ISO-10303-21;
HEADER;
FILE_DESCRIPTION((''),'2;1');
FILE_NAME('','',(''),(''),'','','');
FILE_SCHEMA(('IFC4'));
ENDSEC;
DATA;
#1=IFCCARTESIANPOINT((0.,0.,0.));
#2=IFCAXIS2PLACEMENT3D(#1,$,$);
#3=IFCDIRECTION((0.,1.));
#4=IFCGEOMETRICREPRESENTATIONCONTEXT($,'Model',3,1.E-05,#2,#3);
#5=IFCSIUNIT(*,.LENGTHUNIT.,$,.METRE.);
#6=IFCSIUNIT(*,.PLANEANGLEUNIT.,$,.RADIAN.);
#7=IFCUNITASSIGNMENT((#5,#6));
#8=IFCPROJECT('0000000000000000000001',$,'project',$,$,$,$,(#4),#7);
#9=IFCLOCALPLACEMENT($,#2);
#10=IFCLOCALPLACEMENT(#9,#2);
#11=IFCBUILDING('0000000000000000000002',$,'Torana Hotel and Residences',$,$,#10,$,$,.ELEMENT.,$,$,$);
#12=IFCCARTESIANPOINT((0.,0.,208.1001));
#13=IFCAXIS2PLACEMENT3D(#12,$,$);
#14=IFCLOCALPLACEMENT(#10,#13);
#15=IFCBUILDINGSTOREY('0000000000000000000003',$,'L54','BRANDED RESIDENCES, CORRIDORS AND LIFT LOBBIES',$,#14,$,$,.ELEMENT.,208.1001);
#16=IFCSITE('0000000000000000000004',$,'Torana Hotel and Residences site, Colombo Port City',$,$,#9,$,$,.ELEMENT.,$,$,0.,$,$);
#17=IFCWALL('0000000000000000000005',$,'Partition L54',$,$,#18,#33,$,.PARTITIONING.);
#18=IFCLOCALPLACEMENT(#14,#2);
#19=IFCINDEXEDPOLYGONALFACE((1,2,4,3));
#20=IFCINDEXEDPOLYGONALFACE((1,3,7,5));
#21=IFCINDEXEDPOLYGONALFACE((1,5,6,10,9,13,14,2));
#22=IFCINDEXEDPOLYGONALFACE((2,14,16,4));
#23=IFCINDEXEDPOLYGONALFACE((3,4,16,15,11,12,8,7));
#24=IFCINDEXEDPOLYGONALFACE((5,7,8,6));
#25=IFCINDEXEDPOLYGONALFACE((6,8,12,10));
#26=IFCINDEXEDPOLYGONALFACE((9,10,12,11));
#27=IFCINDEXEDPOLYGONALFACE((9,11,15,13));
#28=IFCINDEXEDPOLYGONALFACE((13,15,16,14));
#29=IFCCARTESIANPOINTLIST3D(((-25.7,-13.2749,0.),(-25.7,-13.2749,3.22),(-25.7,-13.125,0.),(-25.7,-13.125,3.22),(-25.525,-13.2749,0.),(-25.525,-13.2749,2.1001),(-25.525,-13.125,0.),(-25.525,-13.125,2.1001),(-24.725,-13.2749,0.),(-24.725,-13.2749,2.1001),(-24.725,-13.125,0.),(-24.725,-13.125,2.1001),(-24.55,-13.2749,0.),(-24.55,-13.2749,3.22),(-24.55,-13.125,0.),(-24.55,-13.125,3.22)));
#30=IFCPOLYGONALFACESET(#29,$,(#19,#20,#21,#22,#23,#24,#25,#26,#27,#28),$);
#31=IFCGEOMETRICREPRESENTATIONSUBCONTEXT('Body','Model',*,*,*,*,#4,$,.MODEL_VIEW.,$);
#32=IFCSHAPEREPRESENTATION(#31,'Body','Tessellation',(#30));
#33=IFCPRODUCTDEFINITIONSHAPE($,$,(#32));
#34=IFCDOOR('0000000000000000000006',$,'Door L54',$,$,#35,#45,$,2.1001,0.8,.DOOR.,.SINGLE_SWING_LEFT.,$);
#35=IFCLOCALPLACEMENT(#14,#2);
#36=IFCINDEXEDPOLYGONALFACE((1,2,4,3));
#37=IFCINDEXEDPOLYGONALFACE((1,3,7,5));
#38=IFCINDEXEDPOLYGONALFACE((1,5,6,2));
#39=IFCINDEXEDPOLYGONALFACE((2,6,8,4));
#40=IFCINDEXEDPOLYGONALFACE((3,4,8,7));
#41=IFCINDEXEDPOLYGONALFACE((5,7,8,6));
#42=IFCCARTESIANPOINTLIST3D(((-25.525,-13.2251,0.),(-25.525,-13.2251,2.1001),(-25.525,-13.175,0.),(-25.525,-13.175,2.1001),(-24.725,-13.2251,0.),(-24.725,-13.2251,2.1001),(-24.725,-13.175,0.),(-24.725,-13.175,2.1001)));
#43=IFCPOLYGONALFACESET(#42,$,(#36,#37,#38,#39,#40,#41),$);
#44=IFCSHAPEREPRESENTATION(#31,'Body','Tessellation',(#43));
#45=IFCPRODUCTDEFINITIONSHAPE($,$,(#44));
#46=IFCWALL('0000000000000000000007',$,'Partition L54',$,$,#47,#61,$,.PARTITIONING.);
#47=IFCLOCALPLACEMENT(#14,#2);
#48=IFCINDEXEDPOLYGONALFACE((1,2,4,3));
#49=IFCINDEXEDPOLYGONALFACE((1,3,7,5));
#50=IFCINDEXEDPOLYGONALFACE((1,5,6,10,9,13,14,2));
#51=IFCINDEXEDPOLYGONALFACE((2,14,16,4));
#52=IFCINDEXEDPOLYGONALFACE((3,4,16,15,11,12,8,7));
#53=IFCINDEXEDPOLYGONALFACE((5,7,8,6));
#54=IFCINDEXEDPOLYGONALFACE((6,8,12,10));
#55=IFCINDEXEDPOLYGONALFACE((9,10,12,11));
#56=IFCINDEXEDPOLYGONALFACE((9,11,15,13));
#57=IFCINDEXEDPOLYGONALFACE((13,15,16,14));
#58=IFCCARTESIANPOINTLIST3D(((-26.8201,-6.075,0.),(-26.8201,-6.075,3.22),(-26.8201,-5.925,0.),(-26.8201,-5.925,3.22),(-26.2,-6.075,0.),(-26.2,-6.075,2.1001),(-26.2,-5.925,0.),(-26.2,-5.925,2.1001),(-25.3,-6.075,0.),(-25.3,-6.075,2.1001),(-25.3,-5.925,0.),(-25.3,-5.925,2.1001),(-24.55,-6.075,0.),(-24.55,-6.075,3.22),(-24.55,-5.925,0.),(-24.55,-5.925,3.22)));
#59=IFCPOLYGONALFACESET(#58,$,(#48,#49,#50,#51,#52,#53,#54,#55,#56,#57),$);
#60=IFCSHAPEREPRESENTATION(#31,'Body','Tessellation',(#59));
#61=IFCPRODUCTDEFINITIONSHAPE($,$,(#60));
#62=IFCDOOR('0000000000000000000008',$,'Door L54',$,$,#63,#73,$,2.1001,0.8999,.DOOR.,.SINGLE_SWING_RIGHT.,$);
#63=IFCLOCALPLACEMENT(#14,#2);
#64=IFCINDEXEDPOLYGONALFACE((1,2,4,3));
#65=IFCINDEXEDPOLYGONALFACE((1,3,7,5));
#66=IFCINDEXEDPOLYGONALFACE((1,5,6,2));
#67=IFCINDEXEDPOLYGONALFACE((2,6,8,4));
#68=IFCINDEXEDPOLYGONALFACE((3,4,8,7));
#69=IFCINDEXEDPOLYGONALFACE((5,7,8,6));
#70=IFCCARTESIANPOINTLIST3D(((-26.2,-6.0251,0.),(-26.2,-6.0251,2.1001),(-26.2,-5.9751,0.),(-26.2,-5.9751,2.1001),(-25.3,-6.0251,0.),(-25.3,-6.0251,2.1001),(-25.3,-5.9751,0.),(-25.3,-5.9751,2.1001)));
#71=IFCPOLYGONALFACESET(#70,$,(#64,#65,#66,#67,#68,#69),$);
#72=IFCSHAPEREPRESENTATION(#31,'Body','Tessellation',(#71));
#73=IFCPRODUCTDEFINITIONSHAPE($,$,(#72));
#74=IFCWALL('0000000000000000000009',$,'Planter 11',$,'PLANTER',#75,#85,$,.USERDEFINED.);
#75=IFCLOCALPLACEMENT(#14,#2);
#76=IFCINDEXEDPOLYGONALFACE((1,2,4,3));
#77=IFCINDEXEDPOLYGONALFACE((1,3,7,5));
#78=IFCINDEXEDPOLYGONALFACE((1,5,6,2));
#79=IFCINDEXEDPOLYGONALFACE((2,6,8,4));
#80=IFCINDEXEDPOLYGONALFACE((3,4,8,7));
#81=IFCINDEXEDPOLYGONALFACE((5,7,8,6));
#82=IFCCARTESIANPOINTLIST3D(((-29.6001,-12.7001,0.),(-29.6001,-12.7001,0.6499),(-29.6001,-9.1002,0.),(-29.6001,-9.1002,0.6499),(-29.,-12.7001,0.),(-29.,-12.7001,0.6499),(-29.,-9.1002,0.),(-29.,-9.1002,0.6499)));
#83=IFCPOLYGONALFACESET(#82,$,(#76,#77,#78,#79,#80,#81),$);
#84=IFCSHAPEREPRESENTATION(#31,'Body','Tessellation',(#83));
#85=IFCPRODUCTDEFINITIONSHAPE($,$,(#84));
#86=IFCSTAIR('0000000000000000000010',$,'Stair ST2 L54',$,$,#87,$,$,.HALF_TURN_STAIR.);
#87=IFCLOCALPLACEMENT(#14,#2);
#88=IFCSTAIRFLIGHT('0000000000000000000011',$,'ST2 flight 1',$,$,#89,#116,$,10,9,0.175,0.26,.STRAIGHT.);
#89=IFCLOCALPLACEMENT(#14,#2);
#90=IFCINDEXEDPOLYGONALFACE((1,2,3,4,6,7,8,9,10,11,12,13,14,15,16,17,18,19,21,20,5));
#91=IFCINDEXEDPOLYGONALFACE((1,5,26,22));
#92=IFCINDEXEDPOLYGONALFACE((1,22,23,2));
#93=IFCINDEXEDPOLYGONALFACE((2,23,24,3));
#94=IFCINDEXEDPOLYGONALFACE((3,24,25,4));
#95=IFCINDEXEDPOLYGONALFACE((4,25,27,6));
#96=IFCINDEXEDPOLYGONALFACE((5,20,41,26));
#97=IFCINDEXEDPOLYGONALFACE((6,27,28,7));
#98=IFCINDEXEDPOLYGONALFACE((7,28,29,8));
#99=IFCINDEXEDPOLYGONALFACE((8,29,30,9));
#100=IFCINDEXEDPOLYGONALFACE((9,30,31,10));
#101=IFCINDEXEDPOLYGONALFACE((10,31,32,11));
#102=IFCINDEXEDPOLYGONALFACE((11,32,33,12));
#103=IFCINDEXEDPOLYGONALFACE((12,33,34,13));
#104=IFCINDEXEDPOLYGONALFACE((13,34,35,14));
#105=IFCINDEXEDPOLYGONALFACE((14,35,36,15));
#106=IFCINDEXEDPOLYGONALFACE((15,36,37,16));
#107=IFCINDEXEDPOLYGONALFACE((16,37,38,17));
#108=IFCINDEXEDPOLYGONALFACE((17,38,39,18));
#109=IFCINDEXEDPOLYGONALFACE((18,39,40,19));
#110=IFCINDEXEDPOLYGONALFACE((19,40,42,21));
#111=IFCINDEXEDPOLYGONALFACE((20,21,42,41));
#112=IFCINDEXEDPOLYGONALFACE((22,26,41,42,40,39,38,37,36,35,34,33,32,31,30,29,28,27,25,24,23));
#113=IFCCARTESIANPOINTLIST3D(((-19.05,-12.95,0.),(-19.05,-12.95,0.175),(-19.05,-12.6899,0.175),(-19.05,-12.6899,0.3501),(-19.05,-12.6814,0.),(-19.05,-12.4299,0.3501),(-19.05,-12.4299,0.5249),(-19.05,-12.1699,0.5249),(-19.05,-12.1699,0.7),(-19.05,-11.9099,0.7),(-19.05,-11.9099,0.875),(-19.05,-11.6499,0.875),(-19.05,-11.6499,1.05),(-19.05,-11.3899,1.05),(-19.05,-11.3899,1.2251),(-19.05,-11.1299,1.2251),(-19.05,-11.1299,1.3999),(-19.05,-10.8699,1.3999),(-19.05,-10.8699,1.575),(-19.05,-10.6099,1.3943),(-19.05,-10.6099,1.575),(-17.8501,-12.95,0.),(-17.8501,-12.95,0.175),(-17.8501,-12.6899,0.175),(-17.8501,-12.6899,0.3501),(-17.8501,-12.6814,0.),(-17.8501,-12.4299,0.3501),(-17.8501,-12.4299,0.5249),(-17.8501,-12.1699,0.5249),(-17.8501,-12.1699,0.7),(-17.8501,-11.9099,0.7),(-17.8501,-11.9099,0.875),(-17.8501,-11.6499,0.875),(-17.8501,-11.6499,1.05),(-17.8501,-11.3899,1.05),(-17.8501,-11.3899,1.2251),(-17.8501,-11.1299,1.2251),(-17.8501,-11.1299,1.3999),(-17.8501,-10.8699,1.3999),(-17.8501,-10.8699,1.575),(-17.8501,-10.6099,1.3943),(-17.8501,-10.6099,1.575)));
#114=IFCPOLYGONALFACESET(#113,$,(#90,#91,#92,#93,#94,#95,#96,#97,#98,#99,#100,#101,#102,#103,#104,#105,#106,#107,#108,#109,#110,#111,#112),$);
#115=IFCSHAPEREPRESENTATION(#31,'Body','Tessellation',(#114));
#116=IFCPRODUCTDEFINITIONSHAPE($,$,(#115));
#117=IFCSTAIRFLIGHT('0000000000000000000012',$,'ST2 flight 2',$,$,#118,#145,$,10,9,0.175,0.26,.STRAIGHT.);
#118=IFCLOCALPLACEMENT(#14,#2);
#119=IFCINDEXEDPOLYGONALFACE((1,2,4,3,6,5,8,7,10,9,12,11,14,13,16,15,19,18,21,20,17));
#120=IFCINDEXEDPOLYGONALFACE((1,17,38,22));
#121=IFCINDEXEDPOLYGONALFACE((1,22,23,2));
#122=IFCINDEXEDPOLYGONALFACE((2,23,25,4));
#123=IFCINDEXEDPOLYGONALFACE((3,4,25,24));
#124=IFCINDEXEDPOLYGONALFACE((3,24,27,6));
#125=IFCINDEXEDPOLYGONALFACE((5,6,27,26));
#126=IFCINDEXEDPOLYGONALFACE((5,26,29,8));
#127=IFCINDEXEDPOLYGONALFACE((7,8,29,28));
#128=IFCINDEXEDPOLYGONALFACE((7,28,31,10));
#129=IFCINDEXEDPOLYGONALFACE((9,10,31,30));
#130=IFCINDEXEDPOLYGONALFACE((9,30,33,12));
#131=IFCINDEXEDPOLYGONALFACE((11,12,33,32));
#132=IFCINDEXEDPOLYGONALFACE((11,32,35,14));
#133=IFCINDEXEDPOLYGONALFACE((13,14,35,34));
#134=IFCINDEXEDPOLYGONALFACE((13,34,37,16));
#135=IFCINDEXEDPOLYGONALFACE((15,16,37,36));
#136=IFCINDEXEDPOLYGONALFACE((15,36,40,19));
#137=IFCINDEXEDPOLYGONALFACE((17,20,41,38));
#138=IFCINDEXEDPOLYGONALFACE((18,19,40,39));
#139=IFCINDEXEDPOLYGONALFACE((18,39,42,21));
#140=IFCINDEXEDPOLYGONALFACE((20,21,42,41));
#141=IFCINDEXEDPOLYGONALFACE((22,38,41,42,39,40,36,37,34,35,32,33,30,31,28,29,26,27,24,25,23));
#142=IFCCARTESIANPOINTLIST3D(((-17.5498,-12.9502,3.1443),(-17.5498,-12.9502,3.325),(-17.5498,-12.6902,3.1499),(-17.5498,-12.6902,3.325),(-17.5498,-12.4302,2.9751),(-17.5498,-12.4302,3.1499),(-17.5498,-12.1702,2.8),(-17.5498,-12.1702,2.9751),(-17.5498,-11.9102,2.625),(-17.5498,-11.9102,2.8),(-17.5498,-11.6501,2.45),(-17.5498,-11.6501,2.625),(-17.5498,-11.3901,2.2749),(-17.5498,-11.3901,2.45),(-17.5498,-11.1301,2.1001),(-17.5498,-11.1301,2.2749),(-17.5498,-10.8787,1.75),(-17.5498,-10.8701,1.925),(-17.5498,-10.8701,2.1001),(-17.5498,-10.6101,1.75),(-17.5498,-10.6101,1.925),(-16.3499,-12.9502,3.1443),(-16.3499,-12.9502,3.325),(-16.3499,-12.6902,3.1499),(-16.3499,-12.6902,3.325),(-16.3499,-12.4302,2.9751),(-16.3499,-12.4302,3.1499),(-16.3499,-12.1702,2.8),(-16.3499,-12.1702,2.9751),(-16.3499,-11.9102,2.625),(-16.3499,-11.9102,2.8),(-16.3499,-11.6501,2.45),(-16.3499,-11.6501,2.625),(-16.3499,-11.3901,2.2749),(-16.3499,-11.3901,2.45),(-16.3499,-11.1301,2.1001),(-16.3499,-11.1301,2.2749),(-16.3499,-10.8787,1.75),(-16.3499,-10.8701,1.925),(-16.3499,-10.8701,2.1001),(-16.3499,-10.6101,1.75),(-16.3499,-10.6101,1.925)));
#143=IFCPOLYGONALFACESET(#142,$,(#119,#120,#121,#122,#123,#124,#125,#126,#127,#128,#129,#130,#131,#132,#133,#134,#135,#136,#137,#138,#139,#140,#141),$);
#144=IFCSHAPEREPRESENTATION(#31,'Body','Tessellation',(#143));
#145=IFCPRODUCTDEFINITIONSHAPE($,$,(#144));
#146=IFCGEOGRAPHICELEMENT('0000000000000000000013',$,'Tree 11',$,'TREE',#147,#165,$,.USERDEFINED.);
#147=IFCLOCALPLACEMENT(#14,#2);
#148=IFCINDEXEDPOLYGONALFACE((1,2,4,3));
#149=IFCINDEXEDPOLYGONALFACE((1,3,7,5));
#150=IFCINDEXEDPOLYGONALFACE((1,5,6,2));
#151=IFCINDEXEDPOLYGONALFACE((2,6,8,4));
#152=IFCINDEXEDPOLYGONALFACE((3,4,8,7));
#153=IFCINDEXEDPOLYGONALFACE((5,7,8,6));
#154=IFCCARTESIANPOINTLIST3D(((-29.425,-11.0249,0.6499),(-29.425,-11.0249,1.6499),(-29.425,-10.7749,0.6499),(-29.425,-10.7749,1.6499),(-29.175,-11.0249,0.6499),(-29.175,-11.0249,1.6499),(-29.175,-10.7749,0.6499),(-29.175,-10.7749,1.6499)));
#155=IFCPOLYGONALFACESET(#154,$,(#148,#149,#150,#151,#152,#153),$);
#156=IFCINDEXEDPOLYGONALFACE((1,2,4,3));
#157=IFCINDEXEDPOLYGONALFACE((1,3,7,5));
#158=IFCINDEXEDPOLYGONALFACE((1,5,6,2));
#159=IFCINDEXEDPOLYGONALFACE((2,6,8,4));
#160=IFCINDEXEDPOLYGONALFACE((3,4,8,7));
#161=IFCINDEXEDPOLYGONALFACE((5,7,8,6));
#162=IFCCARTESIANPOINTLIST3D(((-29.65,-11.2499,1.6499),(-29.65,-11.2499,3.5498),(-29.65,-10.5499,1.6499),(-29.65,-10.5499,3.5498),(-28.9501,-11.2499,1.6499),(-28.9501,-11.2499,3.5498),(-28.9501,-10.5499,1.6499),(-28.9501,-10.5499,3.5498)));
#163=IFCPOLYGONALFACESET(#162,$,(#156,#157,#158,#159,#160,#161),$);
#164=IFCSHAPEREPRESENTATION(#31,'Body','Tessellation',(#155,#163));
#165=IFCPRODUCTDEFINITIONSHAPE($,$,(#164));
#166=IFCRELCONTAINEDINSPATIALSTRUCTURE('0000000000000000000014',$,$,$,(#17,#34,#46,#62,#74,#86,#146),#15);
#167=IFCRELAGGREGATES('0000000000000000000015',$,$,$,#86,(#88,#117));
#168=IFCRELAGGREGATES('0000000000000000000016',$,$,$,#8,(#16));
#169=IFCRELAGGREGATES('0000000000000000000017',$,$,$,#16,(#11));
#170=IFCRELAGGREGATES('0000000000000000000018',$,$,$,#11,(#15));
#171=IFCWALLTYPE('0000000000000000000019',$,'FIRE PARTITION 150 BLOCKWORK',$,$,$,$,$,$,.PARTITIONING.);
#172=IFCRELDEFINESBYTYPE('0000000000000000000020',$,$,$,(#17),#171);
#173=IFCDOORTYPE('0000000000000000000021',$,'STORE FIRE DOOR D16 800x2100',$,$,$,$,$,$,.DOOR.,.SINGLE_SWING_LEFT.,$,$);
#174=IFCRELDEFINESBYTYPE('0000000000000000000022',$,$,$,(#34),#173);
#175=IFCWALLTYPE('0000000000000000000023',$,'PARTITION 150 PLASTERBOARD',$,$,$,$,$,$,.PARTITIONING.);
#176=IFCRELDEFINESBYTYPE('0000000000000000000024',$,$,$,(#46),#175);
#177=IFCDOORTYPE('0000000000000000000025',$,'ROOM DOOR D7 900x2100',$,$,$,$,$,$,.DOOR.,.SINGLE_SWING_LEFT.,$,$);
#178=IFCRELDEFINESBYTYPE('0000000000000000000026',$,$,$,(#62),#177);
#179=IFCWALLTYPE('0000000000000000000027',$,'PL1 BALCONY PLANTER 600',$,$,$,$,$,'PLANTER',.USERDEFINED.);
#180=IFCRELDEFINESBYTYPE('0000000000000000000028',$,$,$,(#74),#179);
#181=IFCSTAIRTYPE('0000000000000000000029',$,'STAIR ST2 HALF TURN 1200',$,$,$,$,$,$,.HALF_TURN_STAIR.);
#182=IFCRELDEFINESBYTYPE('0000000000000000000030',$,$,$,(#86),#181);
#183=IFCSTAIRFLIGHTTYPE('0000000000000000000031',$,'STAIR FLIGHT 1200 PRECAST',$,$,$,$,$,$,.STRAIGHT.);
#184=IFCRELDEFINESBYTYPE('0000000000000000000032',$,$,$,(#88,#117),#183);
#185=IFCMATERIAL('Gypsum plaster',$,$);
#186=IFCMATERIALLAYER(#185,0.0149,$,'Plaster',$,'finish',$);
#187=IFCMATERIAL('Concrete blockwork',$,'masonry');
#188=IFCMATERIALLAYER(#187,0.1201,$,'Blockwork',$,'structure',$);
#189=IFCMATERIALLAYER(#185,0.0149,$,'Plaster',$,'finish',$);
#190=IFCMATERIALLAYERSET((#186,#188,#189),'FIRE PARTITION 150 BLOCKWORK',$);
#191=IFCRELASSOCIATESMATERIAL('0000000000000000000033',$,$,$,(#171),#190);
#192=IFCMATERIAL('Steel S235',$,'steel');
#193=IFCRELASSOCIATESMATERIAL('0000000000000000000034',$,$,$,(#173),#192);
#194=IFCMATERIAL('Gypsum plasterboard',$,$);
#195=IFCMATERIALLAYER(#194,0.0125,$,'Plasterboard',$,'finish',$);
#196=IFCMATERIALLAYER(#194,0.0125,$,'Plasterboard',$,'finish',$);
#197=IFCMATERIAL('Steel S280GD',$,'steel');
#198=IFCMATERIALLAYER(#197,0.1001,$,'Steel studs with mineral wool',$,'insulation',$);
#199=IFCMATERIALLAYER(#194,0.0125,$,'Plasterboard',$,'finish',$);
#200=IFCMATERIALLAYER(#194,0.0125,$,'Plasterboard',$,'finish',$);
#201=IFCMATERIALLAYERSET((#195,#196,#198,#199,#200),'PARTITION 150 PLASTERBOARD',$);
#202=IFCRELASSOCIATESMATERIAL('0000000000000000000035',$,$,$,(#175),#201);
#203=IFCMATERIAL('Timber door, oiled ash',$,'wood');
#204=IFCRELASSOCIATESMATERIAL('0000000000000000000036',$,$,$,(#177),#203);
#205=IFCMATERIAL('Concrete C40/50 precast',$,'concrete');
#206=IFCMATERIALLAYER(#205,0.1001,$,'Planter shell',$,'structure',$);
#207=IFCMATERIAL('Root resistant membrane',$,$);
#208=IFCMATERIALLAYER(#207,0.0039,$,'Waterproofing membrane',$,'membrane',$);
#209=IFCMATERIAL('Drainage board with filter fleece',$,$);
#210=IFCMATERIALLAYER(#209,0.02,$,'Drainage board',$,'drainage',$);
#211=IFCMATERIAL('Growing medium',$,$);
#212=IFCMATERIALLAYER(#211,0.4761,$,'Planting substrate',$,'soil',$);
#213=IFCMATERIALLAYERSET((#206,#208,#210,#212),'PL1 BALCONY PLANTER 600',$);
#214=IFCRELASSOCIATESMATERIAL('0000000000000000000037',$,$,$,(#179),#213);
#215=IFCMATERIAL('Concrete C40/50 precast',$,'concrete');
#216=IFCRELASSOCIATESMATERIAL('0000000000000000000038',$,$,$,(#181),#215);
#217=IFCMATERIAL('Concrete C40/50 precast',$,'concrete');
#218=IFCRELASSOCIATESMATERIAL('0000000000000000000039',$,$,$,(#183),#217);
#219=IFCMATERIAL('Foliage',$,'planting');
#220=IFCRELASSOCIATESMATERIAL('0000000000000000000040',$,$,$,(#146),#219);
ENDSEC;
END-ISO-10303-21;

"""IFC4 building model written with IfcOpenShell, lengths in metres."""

from ifc_helpers import new_model, si_unit, direction, frame, frame_2d, origin, origin_2d, place, context, subcontext, project, spatial, polyline, rectangle, outline, extrude, material, layer, layer_set, type_object, element, fill, aggregate, save


model = new_model("IFC4")

# Units and contexts
model_context = context("Model", 3, precision=1e-05, world=origin(), true_north=direction((0.0, 1.0)))
body_context = subcontext(model_context, "Body", "Model", "MODEL_VIEW")
ifc_project = project(units=[si_unit("LENGTHUNIT", "METRE"), si_unit("PLANEANGLEUNIT", "RADIAN")], contexts=[model_context])

# Site, building, storey
site_placement = place(None, origin())
site = spatial("IfcSite", under=ifc_project, at=site_placement, Name="Torana Hotel and Residences site, Colombo Port City", CompositionType="ELEMENT", RefElevation=0.0)
building_placement = place(site_placement, origin())
building = spatial("IfcBuilding", under=site, at=building_placement, Name="Torana Hotel and Residences", CompositionType="ELEMENT")
storey_placement = place(building_placement, frame((0.0, 0.0, 208.1001)))
storey = spatial("IfcBuildingStorey", under=building, at=storey_placement, Name="L54", Description="BRANDED RESIDENCES, CORRIDORS AND LIFT LOBBIES", CompositionType="ELEMENT", Elevation=208.1001)

# Walls, openings, doors
ifc_material_1 = material(Name="Gypsum plaster")
ifc_layer_1 = layer(ifc_material_1, 0.0149, Name="Plaster", Category="finish")
ifc_material_2 = material(Name="Concrete blockwork", Category="masonry")
ifc_layer_2 = layer(ifc_material_2, 0.1201, Name="Blockwork", Category="structure")
ifc_layer_3 = layer(ifc_material_1, 0.0149, Name="Plaster", Category="finish")
ifc_layer_set_1 = layer_set([ifc_layer_1, ifc_layer_2, ifc_layer_3], Name="FIRE PARTITION 150 BLOCKWORK")
wall_type_1 = type_object("IfcWallType", Name="FIRE PARTITION 150 BLOCKWORK", PredefinedType="PARTITIONING", material=ifc_layer_set_1)
wall_1_placement = place(storey_placement, frame((-25.7, -13.2, 0.0), z_axis=(0.0, 0.0, 1.0), x_axis=(1.0, 0.0, 0.0)))
wall_1 = element("IfcWall", 1, at=wall_1_placement, inside=storey, type_object=wall_type_1, Name="Partition L54", PredefinedType="PARTITIONING", context=body_context, shape_type="SweptSolid", body=[
    extrude(rectangle(XDim=1.1499, YDim=0.1499, at=frame_2d((0.575, 0.0))), origin(), (0.0, 0.0, 1.0), 3.22),
])
opening_1_placement = place(wall_1_placement, frame((0.175, 0.0, 0.0)))
opening_1 = element("IfcOpeningElement", 2, at=opening_1_placement, cuts=wall_1, PredefinedType="OPENING", context=body_context, shape_type="SweptSolid", body=[
    extrude(rectangle(XDim=0.8, YDim=2.1001, at=frame_2d((0.3999, 1.05))), frame((0.0, 0.085, 0.0), z_axis=(0.0, -1.0, 0.0), x_axis=(1.0, 0.0, 0.0)), (0.0, 0.0, 1.0), 0.1699),
])
ifc_material_3 = material(Name="Steel S235", Category="steel")
door_type_1 = type_object("IfcDoorType", Name="STORE FIRE DOOR D16 800x2100", OperationType="SINGLE_SWING_LEFT", PredefinedType="DOOR", material=ifc_material_3)
door_1_placement = place(opening_1_placement, origin())
door_1 = element("IfcDoor", 3, at=door_1_placement, inside=storey, type_object=door_type_1, Name="Door L54", OperationType="SINGLE_SWING_LEFT", OverallHeight=2.1001, OverallWidth=0.8, PredefinedType="DOOR", context=body_context, shape_type="SweptSolid", body=[
    extrude(rectangle(XDim=0.8, YDim=2.1001, at=frame_2d((0.3999, 1.05))), frame((0.0, 0.0249, 0.0), z_axis=(0.0, -1.0, 0.0), x_axis=(1.0, 0.0, 0.0)), (0.0, 0.0, 1.0), 0.05),
])
fill(opening_1, door_1)
ifc_material_4 = material(Name="Gypsum plasterboard")
ifc_layer_4 = layer(ifc_material_4, 0.0125, Name="Plasterboard", Category="finish")
ifc_layer_5 = layer(ifc_material_4, 0.0125, Name="Plasterboard", Category="finish")
ifc_material_5 = material(Name="Steel S280GD", Category="steel")
ifc_layer_6 = layer(ifc_material_5, 0.1001, Name="Steel studs with mineral wool", Category="insulation")
ifc_layer_7 = layer(ifc_material_4, 0.0125, Name="Plasterboard", Category="finish")
ifc_layer_8 = layer(ifc_material_4, 0.0125, Name="Plasterboard", Category="finish")
ifc_layer_set_2 = layer_set([ifc_layer_4, ifc_layer_5, ifc_layer_6, ifc_layer_7, ifc_layer_8], Name="PARTITION 150 PLASTERBOARD")
wall_type_2 = type_object("IfcWallType", Name="PARTITION 150 PLASTERBOARD", PredefinedType="PARTITIONING", material=ifc_layer_set_2)
wall_2_placement = place(storey_placement, frame((-26.8201, -6.0, 0.0), z_axis=(0.0, 0.0, 1.0), x_axis=(1.0, 0.0, 0.0)))
wall_2 = element("IfcWall", 4, at=wall_2_placement, inside=storey, type_object=wall_type_2, Name="Partition L54", PredefinedType="PARTITIONING", context=body_context, shape_type="SweptSolid", body=[
    extrude(rectangle(XDim=2.27, YDim=0.1499, at=frame_2d((1.135, 0.0))), origin(), (0.0, 0.0, 1.0), 3.22),
])
opening_2_placement = place(wall_2_placement, frame((0.6201, 0.0, 0.0)))
opening_2 = element("IfcOpeningElement", 5, at=opening_2_placement, cuts=wall_2, PredefinedType="OPENING", context=body_context, shape_type="SweptSolid", body=[
    extrude(rectangle(XDim=0.8999, YDim=2.1001, at=frame_2d((0.45, 1.05))), frame((0.0, 0.085, 0.0), z_axis=(0.0, -1.0, 0.0), x_axis=(1.0, 0.0, 0.0)), (0.0, 0.0, 1.0), 0.1699),
])
ifc_material_6 = material(Name="Timber door, oiled ash", Category="wood")
door_type_2 = type_object("IfcDoorType", Name="ROOM DOOR D7 900x2100", OperationType="SINGLE_SWING_LEFT", PredefinedType="DOOR", material=ifc_material_6)
door_2_placement = place(opening_2_placement, origin())
door_2 = element("IfcDoor", 6, at=door_2_placement, inside=storey, type_object=door_type_2, Name="Door L54", OperationType="SINGLE_SWING_RIGHT", OverallHeight=2.1001, OverallWidth=0.8999, PredefinedType="DOOR", context=body_context, shape_type="SweptSolid", body=[
    extrude(rectangle(XDim=0.8999, YDim=2.1001, at=frame_2d((0.45, 1.05))), frame((0.0, 0.0249, 0.0), z_axis=(0.0, -1.0, 0.0), x_axis=(1.0, 0.0, 0.0)), (0.0, 0.0, 1.0), 0.05),
])
fill(opening_2, door_2)

# Wall
ifc_material_7 = material(Name="Concrete C40/50 precast", Category="concrete")
ifc_layer_9 = layer(ifc_material_7, 0.1001, Name="Planter shell", Category="structure")
ifc_material_8 = material(Name="Root resistant membrane")
ifc_layer_10 = layer(ifc_material_8, 0.0039, Name="Waterproofing membrane", Category="membrane")
ifc_material_9 = material(Name="Drainage board with filter fleece")
ifc_layer_11 = layer(ifc_material_9, 0.02, Name="Drainage board", Category="drainage")
ifc_material_10 = material(Name="Growing medium")
ifc_layer_12 = layer(ifc_material_10, 0.4761, Name="Planting substrate", Category="soil")
ifc_layer_set_3 = layer_set([ifc_layer_9, ifc_layer_10, ifc_layer_11, ifc_layer_12], Name="PL1 BALCONY PLANTER 600")
wall_type_3 = type_object("IfcWallType", Name="PL1 BALCONY PLANTER 600", ElementType="PLANTER", PredefinedType="USERDEFINED", material=ifc_layer_set_3)
wall_3_placement = place(storey_placement, frame((-29.3, -12.7, 0.0), z_axis=(0.0, 0.0, 1.0), x_axis=(0.0, 1.0, 0.0)))
element("IfcWall", 7, at=wall_3_placement, inside=storey, type_object=wall_type_3, Name="Planter 11", ObjectType="PLANTER", PredefinedType="USERDEFINED", context=body_context, shape_type="SweptSolid", body=[
    extrude(rectangle(XDim=3.5999, YDim=0.6001, at=frame_2d((1.7998, 0.0))), origin(), (0.0, 0.0, 1.0), 0.6499),
])

# Stair, stair flights
ifc_material_11 = material(Name="Concrete C40/50 precast", Category="concrete")
stair_type = type_object("IfcStairType", Name="STAIR ST2 HALF TURN 1200", PredefinedType="HALF_TURN_STAIR", material=ifc_material_11)
stair_placement = place(storey_placement, origin())
stair = element("IfcStair", 8, at=stair_placement, inside=storey, type_object=stair_type, Name="Stair ST2 L54", PredefinedType="HALF_TURN_STAIR")
ifc_material_12 = material(Name="Concrete C40/50 precast", Category="concrete")
stair_flight_type = type_object("IfcStairFlightType", Name="STAIR FLIGHT 1200 PRECAST", PredefinedType="STRAIGHT", material=ifc_material_12)
stair_flight_1_placement = place(storey_placement, frame((-18.45, -12.95, 0.0), z_axis=(0.0, 0.0, 1.0), x_axis=(0.0, 1.0, 0.0)))
stair_flight_1 = element("IfcStairFlight", 9, at=stair_flight_1_placement, type_object=stair_flight_type, Name="ST2 flight 1", NumberOfRisers=10, NumberOfTreads=9, PredefinedType="STRAIGHT", RiserHeight=0.175, TreadLength=0.26, context=body_context, shape_type="SweptSolid", body=[
    extrude(outline(polyline([(0.0, 0.0), (0.0, 0.175), (0.26, 0.175), (0.26, 0.3501), (0.52, 0.3501), (0.52, 0.5249), (0.78, 0.5249), (0.78, 0.7), (1.04, 0.7), (1.04, 0.875), (1.3, 0.875), (1.3, 1.05), (1.5601, 1.05), (1.5601, 1.2251), (1.8201, 1.2251), (1.8201, 1.3999), (2.0801, 1.3999), (2.0801, 1.575), (2.3401, 1.575), (2.3401, 1.75), (2.3401, 1.3943), (0.2686, 0.0), (0.0, 0.0)])), frame((0.0, 0.6001, 0.0), z_axis=(0.0, -1.0, 0.0), x_axis=(1.0, 0.0, 0.0)), (0.0, 0.0, 1.0), 1.2),
])
stair_flight_2_placement = place(storey_placement, frame((-16.95, -10.6101, 1.75), z_axis=(0.0, 0.0, 1.0), x_axis=(0.0, -1.0, 0.0)))
stair_flight_2 = element("IfcStairFlight", 10, at=stair_flight_2_placement, type_object=stair_flight_type, Name="ST2 flight 2", NumberOfRisers=10, NumberOfTreads=9, PredefinedType="STRAIGHT", RiserHeight=0.175, TreadLength=0.26, context=body_context, shape_type="SweptSolid", body=[
    extrude(outline(polyline([(0.0, 0.0), (0.0, 0.175), (0.26, 0.175), (0.26, 0.3501), (0.52, 0.3501), (0.52, 0.5249), (0.78, 0.5249), (0.78, 0.7), (1.04, 0.7), (1.04, 0.875), (1.3, 0.875), (1.3, 1.05), (1.5601, 1.05), (1.5601, 1.2251), (1.8201, 1.2251), (1.8201, 1.3999), (2.0801, 1.3999), (2.0801, 1.575), (2.3401, 1.575), (2.3401, 1.75), (2.3401, 1.3943), (0.2686, 0.0), (0.0, 0.0)])), frame((0.0, 0.6001, 0.0), z_axis=(0.0, -1.0, 0.0), x_axis=(1.0, 0.0, 0.0)), (0.0, 0.0, 1.0), 1.2),
])
aggregate(stair, [stair_flight_1, stair_flight_2])

# Geographic element
ifc_material_13 = material(Name="Foliage", Category="planting")
geographic_element_placement = place(storey_placement, frame((-29.3, -10.8999, 0.6499), z_axis=(0.0, 0.0, 1.0), x_axis=(1.0, 0.0, 0.0)))
element("IfcGeographicElement", 11, at=geographic_element_placement, inside=storey, material=ifc_material_13, Name="Tree 11", ObjectType="TREE", PredefinedType="USERDEFINED", context=body_context, shape_type="SweptSolid", body=[
    extrude(rectangle(XDim=0.25, YDim=0.25, at=origin_2d()), origin(), (0.0, 0.0, 1.0), 1.0),
    extrude(rectangle(XDim=0.7, YDim=0.7, at=origin_2d()), frame((0.0, 0.0, 1.0)), (0.0, 0.0, 1.0), 1.8999),
])

save(model, "model.ifc")
